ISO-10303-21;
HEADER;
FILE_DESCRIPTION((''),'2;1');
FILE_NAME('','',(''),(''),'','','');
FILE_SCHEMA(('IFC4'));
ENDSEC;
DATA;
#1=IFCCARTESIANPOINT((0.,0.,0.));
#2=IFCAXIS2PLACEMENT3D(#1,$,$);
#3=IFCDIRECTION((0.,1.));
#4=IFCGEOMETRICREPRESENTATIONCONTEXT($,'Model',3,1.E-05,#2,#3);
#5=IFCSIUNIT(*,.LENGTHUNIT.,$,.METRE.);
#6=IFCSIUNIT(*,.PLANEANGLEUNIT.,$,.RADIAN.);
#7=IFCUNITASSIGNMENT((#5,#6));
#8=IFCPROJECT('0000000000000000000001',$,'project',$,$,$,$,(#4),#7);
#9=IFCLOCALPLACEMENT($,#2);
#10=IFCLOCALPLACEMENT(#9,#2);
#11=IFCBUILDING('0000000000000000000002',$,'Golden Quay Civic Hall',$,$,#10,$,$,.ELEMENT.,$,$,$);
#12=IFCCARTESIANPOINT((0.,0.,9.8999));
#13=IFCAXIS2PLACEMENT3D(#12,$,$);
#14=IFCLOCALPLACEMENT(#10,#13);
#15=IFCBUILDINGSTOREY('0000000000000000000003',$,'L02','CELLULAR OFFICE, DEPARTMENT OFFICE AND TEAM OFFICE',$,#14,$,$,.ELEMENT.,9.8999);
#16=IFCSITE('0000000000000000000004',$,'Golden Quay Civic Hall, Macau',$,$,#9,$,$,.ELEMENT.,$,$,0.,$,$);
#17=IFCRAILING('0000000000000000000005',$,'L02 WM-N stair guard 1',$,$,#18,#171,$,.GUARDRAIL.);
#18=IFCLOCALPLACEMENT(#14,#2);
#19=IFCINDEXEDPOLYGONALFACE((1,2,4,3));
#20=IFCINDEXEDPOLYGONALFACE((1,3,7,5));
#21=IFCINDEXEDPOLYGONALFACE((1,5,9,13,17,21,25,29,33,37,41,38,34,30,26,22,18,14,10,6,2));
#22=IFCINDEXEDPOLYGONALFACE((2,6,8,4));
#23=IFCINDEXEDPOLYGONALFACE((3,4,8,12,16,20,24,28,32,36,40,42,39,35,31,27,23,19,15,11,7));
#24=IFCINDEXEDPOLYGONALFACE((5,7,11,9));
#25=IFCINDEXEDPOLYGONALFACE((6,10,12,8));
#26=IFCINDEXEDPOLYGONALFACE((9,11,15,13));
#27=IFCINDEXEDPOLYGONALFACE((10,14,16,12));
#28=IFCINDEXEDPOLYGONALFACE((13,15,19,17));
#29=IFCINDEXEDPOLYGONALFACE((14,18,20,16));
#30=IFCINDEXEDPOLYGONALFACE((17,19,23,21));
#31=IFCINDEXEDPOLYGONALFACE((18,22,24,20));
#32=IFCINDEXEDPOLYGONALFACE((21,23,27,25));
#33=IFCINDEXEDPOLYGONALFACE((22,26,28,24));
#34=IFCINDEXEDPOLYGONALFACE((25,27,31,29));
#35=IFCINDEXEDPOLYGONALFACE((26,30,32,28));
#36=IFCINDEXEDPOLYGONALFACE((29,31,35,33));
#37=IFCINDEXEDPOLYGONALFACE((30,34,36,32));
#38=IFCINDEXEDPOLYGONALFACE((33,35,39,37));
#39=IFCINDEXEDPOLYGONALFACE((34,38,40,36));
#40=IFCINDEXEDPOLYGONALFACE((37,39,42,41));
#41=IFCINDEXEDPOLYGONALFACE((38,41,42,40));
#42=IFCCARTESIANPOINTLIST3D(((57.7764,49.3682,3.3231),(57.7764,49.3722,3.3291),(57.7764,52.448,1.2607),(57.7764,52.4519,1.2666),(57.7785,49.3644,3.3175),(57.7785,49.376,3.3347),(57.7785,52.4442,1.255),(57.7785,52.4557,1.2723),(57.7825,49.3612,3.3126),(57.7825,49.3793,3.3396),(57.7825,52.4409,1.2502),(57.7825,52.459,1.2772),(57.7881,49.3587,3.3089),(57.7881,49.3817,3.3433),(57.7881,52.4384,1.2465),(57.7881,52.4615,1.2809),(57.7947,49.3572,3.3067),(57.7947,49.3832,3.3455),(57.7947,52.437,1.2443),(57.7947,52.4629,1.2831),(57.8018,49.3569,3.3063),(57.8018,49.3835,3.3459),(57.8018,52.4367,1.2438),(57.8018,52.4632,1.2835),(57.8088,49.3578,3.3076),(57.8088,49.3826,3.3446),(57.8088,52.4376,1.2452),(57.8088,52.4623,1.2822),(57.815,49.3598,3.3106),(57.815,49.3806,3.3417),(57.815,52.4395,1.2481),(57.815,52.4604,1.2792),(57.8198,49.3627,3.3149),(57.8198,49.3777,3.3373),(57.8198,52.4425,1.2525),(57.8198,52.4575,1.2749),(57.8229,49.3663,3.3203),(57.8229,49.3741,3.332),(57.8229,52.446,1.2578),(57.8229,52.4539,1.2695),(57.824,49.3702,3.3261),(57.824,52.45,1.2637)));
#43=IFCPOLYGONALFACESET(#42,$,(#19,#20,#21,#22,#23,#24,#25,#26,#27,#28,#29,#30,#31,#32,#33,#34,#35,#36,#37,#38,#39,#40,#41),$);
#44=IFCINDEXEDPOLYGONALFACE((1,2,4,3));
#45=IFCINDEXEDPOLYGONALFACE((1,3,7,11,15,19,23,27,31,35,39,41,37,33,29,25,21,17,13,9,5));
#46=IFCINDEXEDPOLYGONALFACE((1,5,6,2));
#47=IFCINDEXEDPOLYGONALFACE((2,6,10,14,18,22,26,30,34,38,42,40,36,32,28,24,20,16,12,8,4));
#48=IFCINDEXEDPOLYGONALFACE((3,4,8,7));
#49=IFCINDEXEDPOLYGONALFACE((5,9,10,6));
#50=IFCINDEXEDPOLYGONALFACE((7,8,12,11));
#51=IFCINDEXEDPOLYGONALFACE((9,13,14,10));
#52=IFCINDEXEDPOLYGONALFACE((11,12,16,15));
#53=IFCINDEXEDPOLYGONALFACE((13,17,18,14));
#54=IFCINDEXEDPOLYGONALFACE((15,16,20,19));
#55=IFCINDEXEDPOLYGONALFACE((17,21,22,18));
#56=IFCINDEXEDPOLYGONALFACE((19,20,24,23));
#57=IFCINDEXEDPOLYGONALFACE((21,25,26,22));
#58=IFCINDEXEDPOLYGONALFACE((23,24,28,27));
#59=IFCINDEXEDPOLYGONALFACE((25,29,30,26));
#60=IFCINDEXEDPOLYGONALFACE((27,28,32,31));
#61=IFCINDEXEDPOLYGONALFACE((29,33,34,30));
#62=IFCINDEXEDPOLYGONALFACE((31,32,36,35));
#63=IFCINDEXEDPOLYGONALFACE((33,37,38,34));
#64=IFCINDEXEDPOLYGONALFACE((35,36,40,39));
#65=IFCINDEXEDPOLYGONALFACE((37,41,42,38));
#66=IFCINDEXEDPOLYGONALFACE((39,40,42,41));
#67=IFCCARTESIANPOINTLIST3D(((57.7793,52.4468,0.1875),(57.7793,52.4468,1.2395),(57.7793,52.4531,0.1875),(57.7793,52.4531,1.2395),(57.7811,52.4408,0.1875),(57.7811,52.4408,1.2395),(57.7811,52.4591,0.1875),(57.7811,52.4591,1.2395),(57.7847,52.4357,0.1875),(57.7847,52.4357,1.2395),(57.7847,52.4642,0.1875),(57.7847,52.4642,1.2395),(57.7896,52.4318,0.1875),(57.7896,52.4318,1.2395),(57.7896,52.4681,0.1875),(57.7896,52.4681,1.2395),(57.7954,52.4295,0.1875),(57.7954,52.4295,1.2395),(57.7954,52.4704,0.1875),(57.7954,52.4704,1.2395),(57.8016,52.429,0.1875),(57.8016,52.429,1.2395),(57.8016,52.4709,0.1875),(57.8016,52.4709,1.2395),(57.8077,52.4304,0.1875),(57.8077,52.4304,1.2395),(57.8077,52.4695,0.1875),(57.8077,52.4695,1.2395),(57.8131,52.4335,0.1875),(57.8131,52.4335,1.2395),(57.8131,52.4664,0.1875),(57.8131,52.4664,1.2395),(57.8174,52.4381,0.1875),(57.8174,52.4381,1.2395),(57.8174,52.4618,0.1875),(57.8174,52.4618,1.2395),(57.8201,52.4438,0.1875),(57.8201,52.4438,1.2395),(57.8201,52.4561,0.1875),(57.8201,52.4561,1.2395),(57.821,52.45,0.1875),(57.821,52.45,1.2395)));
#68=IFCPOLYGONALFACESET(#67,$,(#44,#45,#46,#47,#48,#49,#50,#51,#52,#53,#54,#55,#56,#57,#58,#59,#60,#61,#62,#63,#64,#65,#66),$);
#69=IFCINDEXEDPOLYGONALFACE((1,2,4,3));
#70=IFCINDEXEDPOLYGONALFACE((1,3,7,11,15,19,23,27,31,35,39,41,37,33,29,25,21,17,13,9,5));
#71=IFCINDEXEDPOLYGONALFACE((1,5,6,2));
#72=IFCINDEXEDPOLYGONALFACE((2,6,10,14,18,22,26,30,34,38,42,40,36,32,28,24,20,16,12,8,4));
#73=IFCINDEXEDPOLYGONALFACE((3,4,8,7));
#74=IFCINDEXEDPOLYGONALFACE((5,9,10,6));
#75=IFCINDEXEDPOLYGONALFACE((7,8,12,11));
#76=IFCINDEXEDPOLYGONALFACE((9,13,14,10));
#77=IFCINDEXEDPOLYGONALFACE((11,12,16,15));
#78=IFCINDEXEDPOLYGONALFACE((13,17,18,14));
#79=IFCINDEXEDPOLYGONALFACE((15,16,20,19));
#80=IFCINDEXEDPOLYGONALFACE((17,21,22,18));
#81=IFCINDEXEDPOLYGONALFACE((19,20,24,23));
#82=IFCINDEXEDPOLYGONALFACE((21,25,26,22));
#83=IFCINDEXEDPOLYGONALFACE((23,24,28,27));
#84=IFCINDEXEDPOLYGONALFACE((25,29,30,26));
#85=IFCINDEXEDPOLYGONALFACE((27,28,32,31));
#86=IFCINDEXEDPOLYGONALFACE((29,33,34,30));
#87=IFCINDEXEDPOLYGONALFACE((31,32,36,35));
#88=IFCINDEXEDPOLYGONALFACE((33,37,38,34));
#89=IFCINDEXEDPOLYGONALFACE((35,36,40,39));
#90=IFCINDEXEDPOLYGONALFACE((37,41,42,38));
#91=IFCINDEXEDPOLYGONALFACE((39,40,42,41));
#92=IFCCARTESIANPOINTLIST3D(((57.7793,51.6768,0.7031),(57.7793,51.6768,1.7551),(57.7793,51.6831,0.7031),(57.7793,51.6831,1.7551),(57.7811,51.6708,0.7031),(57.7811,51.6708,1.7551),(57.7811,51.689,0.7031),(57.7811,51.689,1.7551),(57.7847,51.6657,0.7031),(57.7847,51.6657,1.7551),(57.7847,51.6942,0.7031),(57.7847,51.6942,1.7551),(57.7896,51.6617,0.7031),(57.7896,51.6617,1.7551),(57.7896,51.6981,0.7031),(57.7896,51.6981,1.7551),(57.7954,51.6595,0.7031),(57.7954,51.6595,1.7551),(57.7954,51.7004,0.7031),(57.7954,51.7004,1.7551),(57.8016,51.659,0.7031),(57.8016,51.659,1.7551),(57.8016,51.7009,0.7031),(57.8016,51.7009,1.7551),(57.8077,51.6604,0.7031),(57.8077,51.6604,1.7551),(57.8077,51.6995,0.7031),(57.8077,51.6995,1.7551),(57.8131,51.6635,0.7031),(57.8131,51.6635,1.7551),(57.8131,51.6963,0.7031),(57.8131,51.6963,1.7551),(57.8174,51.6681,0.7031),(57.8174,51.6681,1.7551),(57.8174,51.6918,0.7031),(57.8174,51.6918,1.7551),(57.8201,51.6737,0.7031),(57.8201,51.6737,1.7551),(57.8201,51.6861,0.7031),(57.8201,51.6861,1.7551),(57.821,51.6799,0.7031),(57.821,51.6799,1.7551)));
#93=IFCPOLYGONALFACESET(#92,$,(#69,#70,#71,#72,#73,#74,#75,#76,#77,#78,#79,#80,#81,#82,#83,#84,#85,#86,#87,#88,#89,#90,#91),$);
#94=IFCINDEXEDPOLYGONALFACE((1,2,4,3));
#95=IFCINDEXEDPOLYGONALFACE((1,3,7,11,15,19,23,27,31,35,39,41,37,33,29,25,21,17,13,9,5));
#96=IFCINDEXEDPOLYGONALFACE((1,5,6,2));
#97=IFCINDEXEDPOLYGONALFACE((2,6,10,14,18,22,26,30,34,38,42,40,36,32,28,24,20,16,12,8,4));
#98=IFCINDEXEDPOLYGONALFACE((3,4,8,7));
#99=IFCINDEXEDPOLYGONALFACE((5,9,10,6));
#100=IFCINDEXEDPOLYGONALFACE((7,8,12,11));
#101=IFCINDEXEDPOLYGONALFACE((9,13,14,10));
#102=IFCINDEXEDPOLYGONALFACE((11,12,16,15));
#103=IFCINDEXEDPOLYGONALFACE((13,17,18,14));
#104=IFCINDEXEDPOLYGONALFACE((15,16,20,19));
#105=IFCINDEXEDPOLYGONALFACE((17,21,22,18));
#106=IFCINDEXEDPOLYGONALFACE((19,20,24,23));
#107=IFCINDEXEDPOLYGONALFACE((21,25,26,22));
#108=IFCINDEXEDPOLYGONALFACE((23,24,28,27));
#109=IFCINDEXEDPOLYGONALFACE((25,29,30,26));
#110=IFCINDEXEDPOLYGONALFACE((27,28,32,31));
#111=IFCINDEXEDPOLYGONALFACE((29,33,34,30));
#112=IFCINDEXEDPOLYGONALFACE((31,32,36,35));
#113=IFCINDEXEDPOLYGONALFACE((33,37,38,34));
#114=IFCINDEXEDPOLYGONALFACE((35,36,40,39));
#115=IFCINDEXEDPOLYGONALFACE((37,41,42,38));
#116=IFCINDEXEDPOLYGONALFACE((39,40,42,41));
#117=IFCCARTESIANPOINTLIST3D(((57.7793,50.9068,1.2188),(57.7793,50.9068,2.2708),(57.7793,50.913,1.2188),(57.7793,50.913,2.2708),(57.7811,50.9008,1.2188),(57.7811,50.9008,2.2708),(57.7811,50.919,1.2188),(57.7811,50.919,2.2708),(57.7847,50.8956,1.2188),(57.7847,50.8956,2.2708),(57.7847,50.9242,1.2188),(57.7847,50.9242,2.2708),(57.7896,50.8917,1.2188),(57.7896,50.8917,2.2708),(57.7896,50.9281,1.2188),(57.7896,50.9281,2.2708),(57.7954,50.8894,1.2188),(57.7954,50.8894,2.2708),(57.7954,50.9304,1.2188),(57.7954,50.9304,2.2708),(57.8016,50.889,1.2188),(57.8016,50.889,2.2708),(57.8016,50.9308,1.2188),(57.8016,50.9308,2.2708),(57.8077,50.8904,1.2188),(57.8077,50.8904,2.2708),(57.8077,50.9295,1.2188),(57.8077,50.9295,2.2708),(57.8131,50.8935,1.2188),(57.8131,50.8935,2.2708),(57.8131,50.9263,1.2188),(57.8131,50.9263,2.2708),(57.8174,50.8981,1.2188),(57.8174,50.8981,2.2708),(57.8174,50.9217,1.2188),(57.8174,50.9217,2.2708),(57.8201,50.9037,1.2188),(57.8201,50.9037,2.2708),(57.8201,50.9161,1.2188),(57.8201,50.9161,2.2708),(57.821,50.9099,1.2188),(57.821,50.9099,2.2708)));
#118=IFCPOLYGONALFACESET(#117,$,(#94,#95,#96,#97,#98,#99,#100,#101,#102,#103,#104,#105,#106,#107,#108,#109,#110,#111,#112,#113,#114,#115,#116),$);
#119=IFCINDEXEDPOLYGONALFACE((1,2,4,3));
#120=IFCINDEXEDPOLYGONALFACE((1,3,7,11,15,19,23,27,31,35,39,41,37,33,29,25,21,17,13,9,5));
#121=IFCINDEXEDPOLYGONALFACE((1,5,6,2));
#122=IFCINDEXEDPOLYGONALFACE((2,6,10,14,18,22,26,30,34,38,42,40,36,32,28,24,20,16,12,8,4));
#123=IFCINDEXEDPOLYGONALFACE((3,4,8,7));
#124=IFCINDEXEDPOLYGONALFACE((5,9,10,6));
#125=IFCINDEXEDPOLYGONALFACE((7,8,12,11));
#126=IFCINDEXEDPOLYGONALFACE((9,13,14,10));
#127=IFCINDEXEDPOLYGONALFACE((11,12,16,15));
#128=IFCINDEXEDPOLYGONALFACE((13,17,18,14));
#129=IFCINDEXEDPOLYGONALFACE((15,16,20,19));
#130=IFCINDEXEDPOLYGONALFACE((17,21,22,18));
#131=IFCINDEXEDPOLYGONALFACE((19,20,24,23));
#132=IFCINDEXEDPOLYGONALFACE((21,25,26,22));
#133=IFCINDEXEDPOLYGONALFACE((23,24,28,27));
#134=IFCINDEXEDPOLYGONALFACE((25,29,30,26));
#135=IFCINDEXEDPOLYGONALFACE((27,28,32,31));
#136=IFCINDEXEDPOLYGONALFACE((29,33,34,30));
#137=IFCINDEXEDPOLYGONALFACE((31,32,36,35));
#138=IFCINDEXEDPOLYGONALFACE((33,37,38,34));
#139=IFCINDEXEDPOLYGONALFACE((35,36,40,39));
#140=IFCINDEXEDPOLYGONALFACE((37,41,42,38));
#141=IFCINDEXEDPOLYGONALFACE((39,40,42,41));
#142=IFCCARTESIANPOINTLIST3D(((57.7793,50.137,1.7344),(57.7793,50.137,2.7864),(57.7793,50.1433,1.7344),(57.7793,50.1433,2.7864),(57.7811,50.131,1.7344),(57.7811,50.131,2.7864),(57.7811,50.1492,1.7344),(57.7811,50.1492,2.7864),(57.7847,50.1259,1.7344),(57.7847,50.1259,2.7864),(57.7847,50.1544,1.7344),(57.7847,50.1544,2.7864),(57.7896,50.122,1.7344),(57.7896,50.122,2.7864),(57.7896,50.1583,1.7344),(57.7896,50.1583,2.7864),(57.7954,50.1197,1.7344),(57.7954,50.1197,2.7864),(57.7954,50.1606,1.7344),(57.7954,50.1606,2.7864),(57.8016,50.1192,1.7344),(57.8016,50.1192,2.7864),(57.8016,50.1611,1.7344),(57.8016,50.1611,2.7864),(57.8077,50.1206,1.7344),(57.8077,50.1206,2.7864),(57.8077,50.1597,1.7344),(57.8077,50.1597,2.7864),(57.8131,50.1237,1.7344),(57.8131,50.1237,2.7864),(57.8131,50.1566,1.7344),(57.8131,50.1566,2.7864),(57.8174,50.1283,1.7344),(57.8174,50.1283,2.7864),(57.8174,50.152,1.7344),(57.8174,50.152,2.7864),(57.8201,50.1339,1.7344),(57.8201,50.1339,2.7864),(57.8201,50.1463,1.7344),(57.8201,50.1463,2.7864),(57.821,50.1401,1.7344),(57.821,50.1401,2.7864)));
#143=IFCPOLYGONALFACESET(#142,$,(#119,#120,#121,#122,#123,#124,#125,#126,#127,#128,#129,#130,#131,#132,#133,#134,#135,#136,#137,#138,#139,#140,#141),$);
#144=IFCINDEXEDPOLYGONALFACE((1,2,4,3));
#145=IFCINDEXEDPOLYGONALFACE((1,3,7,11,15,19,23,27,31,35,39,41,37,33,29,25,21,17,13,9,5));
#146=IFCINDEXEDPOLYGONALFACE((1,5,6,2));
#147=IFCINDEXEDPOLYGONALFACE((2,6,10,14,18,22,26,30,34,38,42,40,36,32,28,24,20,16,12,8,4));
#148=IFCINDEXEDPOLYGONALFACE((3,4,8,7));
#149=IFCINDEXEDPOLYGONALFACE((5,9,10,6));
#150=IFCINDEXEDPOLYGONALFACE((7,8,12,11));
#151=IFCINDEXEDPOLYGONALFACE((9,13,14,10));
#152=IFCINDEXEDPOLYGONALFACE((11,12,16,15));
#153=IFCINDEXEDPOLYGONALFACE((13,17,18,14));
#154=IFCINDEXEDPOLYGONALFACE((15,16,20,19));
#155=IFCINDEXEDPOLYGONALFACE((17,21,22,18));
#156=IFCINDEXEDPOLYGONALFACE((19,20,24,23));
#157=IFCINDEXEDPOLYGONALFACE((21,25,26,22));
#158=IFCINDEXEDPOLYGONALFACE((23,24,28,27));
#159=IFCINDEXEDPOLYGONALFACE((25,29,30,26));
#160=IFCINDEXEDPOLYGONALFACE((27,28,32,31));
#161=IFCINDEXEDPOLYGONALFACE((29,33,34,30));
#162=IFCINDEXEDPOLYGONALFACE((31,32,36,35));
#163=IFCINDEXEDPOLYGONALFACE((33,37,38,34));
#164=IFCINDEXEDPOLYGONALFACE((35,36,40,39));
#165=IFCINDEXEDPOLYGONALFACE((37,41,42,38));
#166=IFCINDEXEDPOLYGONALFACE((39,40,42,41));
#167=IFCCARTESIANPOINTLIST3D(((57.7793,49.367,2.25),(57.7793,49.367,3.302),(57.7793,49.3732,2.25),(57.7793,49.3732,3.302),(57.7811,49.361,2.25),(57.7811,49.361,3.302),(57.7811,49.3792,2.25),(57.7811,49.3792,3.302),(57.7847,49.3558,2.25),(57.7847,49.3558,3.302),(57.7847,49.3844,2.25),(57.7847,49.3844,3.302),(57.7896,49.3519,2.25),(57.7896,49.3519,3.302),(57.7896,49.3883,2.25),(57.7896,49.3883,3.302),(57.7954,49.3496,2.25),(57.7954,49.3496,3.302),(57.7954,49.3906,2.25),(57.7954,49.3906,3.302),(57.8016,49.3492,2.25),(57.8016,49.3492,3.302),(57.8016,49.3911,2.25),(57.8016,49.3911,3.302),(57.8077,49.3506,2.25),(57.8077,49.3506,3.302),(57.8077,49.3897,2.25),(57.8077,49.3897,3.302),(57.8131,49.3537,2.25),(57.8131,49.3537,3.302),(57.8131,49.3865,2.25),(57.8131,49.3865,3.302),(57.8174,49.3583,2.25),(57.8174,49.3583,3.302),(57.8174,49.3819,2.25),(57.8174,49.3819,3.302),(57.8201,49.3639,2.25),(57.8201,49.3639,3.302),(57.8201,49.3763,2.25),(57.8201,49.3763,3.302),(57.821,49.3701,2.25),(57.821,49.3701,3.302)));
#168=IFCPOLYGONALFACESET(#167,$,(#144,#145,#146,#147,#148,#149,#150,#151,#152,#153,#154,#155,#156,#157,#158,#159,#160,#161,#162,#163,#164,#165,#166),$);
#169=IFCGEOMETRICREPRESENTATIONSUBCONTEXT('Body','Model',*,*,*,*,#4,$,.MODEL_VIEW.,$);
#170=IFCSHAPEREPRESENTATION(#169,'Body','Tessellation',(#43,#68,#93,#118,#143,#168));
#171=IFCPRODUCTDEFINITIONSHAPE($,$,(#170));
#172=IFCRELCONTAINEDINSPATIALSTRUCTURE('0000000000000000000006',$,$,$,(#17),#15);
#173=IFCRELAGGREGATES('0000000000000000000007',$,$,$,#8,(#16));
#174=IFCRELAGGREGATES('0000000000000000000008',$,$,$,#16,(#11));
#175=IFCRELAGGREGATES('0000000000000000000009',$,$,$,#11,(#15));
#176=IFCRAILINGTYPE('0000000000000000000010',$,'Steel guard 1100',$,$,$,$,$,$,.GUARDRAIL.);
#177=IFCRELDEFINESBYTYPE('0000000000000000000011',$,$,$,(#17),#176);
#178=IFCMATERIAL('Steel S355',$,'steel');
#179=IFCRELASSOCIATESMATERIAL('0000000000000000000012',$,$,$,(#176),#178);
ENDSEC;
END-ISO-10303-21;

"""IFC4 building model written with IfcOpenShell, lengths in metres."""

from ifc_helpers import new_model, si_unit, direction, frame, origin, origin_2d, place, context, subcontext, project, spatial, circle, extrude, material, type_object, element, save


model = new_model("IFC4")

# Units and contexts
model_context = context("Model", 3, precision=1e-05, world=origin(), true_north=direction((0.0, 1.0)))
body_context = subcontext(model_context, "Body", "Model", "MODEL_VIEW")
ifc_project = project(units=[si_unit("LENGTHUNIT", "METRE"), si_unit("PLANEANGLEUNIT", "RADIAN")], contexts=[model_context])

# Site, building, storey
site_placement = place(None, origin())
site = spatial("IfcSite", under=ifc_project, at=site_placement, Name="Golden Quay Civic Hall, Macau", CompositionType="ELEMENT", RefElevation=0.0)
building_placement = place(site_placement, origin())
building = spatial("IfcBuilding", under=site, at=building_placement, Name="Golden Quay Civic Hall", CompositionType="ELEMENT")
storey_placement = place(building_placement, frame((0.0, 0.0, 9.8999)))
storey = spatial("IfcBuildingStorey", under=building, at=storey_placement, Name="L02", Description="CELLULAR OFFICE, DEPARTMENT OFFICE AND TEAM OFFICE", CompositionType="ELEMENT", Elevation=9.8999)

# Railing
ifc_material_1 = material(Name="Steel S355", Category="steel")
railing_type_1 = type_object("IfcRailingType", Name="Steel guard 1100", PredefinedType="GUARDRAIL", material=ifc_material_1)
railing_1_placement = place(storey_placement, frame((57.8, 52.45, 0.1875)))
element("IfcRailing", 1, at=railing_1_placement, inside=storey, type_object=railing_type_1, Name="L02 WM-N stair guard 1", PredefinedType="GUARDRAIL", context=body_context, shape_type="SweptSolid", body=[
    extrude(circle(Radius=0.0239, at=origin_2d()), frame((0.0, 0.0, 1.0762), z_axis=(0.0, -0.830893, 0.556432), x_axis=(1.0, 0.0, 0.0)), (0.0, 0.0, 1.0), 3.7065),
    extrude(circle(Radius=0.021, at=origin_2d()), origin(), (0.0, 0.0, 1.0), 1.052),
    extrude(circle(Radius=0.021, at=origin_2d()), frame((0.0, -0.77, 0.5156)), (0.0, 0.0, 1.0), 1.052),
    extrude(circle(Radius=0.021, at=origin_2d()), frame((0.0, -1.54, 1.0312)), (0.0, 0.0, 1.0), 1.052),
    extrude(circle(Radius=0.021, at=origin_2d()), frame((0.0, -2.3098, 1.5469)), (0.0, 0.0, 1.0), 1.052),
    extrude(circle(Radius=0.021, at=origin_2d()), frame((0.0, -3.0798, 2.0625)), (0.0, 0.0, 1.0), 1.052),
])

save(model, "model.ifc")
